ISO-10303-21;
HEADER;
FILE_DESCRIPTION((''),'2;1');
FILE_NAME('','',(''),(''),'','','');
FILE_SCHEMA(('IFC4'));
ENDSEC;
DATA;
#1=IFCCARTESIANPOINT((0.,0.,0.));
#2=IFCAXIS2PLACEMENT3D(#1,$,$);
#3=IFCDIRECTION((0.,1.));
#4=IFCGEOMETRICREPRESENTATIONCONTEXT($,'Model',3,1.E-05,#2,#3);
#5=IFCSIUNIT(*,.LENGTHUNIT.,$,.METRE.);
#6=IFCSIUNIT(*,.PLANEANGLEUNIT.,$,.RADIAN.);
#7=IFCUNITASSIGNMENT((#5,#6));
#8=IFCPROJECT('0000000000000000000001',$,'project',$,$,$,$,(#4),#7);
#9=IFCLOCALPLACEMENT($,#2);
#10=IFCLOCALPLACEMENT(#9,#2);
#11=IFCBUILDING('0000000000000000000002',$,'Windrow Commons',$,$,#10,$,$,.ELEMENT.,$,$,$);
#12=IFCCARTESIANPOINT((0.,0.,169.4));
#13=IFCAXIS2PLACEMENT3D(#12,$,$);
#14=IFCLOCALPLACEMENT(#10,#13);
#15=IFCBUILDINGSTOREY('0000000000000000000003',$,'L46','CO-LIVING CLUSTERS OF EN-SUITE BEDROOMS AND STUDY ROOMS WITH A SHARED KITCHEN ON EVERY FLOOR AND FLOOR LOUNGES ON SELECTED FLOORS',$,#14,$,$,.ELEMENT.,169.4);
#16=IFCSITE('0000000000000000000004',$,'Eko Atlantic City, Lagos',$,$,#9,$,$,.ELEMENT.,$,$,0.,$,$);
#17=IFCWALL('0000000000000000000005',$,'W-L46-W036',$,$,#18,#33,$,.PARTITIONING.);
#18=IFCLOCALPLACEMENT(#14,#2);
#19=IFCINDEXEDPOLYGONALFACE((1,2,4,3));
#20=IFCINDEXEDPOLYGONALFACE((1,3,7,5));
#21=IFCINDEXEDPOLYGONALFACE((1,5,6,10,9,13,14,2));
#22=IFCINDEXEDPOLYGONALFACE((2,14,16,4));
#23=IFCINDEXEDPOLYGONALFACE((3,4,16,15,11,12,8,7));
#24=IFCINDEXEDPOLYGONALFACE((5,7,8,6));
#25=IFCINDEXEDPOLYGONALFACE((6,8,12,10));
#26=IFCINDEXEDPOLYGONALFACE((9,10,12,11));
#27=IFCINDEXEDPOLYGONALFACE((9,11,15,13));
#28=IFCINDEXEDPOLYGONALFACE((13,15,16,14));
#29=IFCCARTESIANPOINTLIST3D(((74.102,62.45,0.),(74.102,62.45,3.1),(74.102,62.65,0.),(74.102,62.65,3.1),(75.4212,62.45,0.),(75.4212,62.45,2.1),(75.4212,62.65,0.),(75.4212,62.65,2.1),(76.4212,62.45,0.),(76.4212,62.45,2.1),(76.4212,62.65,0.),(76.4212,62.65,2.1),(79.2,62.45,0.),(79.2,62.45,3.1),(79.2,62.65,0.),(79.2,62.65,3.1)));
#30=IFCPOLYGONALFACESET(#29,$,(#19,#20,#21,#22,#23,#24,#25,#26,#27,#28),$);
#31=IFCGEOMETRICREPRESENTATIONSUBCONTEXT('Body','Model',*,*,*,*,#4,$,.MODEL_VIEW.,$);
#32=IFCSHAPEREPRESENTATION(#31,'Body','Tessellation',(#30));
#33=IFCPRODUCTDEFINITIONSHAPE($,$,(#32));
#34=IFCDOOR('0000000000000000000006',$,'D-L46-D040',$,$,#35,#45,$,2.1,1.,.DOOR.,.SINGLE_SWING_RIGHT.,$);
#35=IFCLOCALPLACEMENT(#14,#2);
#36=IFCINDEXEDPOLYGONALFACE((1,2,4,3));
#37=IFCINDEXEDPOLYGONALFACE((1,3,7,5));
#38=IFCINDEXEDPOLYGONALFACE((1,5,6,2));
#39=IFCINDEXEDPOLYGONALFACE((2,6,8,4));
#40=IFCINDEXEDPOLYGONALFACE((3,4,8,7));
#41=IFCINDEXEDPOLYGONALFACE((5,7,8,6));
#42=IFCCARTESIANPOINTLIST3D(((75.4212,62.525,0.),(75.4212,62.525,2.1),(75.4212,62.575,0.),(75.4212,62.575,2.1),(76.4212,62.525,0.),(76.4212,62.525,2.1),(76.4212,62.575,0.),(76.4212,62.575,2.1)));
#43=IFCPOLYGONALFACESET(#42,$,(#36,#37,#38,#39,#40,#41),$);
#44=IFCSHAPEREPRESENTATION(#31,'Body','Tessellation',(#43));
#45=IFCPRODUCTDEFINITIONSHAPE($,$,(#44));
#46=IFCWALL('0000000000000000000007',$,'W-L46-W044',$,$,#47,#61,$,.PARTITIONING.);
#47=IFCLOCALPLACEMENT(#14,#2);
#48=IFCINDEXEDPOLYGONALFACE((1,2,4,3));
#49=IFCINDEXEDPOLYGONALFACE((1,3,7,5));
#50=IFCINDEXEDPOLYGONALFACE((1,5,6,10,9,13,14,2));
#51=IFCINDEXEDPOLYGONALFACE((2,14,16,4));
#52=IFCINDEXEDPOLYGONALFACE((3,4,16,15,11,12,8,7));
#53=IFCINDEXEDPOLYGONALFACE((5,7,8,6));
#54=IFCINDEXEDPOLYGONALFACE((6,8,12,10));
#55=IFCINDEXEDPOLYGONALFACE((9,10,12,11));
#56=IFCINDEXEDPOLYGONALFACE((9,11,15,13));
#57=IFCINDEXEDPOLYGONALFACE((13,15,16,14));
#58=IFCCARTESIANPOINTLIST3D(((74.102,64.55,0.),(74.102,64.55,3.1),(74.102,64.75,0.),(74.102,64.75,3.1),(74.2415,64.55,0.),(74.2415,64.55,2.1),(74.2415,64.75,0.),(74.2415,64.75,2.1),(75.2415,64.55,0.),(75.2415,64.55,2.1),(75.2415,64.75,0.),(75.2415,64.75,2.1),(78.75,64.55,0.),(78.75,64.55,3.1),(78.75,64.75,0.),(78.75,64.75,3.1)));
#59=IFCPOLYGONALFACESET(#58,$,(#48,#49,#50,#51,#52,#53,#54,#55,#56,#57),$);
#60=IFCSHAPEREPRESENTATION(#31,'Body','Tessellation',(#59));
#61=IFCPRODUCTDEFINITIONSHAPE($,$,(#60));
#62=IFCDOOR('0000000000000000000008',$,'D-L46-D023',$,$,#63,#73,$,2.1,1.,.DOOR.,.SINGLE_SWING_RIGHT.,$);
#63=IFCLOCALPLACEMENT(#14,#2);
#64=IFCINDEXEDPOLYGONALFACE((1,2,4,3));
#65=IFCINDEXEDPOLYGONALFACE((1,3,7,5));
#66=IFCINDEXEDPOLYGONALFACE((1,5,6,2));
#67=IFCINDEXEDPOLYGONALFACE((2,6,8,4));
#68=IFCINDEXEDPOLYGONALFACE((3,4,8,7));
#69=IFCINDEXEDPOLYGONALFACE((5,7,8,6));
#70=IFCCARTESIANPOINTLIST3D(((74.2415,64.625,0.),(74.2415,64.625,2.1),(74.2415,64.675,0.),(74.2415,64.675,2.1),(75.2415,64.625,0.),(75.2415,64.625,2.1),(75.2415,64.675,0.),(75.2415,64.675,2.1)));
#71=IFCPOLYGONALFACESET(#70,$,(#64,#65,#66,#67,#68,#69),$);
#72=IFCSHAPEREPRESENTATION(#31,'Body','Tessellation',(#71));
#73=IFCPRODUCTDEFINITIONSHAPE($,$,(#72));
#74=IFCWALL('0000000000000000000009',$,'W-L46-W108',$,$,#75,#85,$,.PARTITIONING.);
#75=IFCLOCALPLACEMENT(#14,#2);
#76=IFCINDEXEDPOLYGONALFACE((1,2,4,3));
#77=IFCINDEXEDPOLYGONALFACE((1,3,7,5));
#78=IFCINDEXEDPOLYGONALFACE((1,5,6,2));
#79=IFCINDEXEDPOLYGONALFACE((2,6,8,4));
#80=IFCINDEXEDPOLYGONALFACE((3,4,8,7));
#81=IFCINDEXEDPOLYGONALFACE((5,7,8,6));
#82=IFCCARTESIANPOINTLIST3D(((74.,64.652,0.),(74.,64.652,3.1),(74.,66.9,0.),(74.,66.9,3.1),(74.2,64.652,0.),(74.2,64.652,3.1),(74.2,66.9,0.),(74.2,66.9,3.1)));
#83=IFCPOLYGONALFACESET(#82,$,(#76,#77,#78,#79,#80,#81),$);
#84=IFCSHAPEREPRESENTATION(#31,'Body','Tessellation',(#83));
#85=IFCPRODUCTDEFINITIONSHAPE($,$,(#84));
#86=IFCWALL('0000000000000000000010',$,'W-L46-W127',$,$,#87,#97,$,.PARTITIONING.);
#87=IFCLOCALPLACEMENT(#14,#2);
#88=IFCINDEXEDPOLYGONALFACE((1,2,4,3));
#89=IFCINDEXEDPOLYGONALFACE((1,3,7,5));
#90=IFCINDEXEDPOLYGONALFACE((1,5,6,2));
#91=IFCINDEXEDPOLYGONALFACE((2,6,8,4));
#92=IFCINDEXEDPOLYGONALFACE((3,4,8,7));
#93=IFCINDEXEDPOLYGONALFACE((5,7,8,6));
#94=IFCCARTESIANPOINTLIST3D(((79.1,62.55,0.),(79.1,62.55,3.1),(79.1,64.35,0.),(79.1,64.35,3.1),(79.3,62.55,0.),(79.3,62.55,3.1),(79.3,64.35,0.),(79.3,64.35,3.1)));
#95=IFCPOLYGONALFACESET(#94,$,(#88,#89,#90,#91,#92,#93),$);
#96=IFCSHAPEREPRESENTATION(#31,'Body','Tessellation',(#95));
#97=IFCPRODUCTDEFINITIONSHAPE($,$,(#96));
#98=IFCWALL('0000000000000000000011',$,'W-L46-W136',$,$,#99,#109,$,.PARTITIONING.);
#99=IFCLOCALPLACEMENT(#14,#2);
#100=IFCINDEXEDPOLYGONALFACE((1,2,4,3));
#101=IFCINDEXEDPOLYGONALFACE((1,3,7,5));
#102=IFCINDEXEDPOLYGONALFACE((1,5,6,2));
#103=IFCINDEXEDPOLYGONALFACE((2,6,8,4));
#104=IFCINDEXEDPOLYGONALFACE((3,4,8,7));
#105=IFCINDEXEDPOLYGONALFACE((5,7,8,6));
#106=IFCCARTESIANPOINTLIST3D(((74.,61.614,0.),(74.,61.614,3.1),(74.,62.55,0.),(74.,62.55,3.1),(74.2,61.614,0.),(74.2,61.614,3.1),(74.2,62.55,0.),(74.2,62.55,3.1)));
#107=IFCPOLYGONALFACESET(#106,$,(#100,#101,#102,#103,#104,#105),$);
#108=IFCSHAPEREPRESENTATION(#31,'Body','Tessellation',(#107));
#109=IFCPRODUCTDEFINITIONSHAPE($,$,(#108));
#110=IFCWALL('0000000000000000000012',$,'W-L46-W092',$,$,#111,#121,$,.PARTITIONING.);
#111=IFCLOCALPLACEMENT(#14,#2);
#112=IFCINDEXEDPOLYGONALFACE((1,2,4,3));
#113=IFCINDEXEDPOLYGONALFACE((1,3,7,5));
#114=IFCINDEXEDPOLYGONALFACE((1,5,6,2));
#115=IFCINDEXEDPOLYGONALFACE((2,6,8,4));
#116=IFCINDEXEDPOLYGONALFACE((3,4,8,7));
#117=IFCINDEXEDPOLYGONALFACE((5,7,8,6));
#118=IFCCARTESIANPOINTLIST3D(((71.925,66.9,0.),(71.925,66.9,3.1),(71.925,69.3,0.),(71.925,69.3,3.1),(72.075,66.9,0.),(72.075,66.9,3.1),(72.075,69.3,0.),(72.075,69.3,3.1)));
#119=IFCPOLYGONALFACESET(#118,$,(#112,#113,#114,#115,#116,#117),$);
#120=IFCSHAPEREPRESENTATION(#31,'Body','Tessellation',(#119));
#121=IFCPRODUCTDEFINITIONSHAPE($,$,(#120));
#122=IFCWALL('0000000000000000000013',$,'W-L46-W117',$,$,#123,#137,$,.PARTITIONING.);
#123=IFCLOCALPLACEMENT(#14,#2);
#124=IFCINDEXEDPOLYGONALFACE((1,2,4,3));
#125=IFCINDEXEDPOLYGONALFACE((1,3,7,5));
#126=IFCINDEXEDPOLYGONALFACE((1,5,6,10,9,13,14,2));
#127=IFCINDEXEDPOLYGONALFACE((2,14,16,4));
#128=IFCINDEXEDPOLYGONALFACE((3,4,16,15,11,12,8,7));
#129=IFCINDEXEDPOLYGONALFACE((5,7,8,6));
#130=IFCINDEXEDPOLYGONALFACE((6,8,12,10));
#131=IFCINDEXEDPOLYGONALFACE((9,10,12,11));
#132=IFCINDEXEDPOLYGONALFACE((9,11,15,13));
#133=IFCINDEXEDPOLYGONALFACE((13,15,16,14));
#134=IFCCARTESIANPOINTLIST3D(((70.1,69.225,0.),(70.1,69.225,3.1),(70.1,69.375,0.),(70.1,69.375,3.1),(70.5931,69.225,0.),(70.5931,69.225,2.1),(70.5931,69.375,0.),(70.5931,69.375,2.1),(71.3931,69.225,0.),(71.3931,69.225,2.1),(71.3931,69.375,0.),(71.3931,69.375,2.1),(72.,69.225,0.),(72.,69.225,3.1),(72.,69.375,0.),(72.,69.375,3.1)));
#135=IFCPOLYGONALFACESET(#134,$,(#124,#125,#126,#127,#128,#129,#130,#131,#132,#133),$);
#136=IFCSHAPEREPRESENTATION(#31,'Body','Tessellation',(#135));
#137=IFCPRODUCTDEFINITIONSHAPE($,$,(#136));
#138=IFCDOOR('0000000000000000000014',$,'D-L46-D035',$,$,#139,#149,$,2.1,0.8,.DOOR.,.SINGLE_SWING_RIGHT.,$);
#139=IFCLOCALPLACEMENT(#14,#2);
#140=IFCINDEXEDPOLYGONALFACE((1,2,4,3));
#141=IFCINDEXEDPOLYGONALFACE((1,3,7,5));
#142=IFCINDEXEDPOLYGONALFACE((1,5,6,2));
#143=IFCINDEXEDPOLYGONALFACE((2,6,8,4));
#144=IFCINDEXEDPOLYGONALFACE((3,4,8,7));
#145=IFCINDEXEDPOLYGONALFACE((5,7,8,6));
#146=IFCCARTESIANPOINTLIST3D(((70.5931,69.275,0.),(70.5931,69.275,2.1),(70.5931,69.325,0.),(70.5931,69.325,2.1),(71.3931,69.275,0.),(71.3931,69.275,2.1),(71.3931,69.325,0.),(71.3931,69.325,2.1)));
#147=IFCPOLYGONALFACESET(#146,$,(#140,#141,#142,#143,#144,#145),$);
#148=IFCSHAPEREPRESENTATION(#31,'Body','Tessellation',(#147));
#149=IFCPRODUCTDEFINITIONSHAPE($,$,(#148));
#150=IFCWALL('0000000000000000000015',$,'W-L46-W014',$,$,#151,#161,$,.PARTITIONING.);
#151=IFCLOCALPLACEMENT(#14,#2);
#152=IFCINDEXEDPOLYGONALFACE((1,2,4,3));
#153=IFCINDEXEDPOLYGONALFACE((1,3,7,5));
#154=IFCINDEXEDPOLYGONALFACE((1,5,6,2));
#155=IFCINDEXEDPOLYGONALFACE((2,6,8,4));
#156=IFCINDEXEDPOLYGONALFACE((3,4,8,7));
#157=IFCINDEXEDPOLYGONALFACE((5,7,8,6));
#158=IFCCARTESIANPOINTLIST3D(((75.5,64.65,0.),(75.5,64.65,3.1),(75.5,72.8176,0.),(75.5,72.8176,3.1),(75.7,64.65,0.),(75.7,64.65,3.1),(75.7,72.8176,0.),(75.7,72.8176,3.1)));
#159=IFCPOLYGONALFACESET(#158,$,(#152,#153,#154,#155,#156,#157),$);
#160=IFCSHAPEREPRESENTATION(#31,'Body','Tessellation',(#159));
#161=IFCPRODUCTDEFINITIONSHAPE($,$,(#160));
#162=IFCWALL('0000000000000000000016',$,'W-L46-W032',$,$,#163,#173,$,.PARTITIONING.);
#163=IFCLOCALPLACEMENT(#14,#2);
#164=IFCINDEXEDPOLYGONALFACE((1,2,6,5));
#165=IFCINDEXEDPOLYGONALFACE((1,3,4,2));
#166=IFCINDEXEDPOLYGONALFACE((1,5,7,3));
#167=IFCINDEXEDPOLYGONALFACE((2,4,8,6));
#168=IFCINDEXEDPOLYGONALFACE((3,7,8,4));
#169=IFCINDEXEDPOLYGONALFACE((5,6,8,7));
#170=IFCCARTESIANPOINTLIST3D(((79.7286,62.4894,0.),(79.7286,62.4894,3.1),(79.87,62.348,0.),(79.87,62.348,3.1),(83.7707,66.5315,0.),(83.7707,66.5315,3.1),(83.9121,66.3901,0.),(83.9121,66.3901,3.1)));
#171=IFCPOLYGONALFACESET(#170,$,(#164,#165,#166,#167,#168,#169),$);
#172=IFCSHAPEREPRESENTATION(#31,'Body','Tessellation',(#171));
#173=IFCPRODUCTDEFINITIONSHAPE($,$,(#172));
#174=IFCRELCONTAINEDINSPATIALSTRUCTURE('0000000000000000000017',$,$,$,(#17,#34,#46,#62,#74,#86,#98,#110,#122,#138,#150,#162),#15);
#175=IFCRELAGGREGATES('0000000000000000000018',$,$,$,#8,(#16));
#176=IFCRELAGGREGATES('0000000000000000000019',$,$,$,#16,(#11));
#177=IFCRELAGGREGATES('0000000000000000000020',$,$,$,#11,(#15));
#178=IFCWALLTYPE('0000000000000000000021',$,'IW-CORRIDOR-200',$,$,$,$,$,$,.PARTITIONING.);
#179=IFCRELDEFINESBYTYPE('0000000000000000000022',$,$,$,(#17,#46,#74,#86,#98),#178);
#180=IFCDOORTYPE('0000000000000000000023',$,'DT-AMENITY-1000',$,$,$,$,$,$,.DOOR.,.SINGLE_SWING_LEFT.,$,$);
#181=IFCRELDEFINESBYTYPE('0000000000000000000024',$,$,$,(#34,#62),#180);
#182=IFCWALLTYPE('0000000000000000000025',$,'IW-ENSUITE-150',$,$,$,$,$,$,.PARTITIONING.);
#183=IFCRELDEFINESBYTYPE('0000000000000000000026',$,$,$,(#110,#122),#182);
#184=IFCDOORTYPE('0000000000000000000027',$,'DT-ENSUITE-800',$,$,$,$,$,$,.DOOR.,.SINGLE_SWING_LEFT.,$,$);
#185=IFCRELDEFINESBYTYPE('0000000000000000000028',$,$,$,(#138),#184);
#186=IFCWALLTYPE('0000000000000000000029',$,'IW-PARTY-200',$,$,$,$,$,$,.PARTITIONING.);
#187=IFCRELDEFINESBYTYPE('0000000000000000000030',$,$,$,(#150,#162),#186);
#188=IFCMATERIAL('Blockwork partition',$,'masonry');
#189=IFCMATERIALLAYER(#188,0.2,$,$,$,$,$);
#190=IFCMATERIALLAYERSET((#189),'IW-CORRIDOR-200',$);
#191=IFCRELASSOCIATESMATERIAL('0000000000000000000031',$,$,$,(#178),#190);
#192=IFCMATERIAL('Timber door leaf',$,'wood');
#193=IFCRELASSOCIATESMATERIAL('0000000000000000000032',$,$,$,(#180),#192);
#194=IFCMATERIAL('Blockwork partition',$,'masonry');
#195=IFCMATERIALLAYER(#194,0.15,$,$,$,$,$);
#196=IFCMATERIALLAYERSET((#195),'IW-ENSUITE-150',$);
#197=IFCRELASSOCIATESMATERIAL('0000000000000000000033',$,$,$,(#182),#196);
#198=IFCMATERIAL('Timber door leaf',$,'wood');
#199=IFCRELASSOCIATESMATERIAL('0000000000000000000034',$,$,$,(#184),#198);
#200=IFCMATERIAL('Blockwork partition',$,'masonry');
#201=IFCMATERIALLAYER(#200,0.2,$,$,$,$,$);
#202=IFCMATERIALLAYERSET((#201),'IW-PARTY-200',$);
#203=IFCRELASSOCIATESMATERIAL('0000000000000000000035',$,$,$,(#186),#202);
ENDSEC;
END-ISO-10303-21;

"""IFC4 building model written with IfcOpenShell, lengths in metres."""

from ifc_helpers import new_model, si_unit, direction, frame, frame_2d, origin, place, context, subcontext, project, spatial, rectangle, extrude, material, layer, layer_set, type_object, element, fill, save


model = new_model("IFC4")

# Units and contexts
model_context = context("Model", 3, precision=1e-05, world=origin(), true_north=direction((0.0, 1.0)))
body_context = subcontext(model_context, "Body", "Model", "MODEL_VIEW")
ifc_project = project(units=[si_unit("LENGTHUNIT", "METRE"), si_unit("PLANEANGLEUNIT", "RADIAN")], contexts=[model_context])

# Site, building, storey
site_placement = place(None, origin())
site = spatial("IfcSite", under=ifc_project, at=site_placement, Name="Eko Atlantic City, Lagos", CompositionType="ELEMENT", RefElevation=0.0)
building_placement = place(site_placement, origin())
building = spatial("IfcBuilding", under=site, at=building_placement, Name="Windrow Commons", CompositionType="ELEMENT")
storey_placement = place(building_placement, frame((0.0, 0.0, 169.4)))
storey = spatial("IfcBuildingStorey", under=building, at=storey_placement, Name="L46", Description="CO-LIVING CLUSTERS OF EN-SUITE BEDROOMS AND STUDY ROOMS WITH A SHARED KITCHEN ON EVERY FLOOR AND FLOOR LOUNGES ON SELECTED FLOORS", CompositionType="ELEMENT", Elevation=169.4)

# Shared definitions
ifc_material_1 = material(Name="Blockwork partition", Category="masonry")
ifc_layer_1 = layer(ifc_material_1, 0.2)
ifc_layer_set_1 = layer_set([ifc_layer_1], Name="IW-CORRIDOR-200")
wall_type_1 = type_object("IfcWallType", Name="IW-CORRIDOR-200", PredefinedType="PARTITIONING", material=ifc_layer_set_1)

# Walls, openings, doors
wall_1_placement = place(storey_placement, frame((74.102, 62.55, 0.0), z_axis=(0.0, 0.0, 1.0), x_axis=(1.0, 0.0, 0.0)))
wall_1 = element("IfcWall", 1, at=wall_1_placement, inside=storey, type_object=wall_type_1, Name="W-L46-W036", PredefinedType="PARTITIONING", context=body_context, shape_type="SweptSolid", body=[
    extrude(rectangle(XDim=5.098, YDim=0.2, at=frame_2d((2.549, 0.0))), origin(), (0.0, 0.0, 1.0), 3.1),
])
opening_1_placement = place(wall_1_placement, frame((1.3192, 0.0, 0.0)))
opening_1 = element("IfcOpeningElement", 2, at=opening_1_placement, cuts=wall_1, PredefinedType="OPENING", context=body_context, shape_type="SweptSolid", body=[
    extrude(rectangle(XDim=1.0, YDim=2.1, at=frame_2d((0.5, 1.05))), frame((0.0, 0.11, 0.0), z_axis=(0.0, -1.0, 0.0), x_axis=(1.0, 0.0, 0.0)), (0.0, 0.0, 1.0), 0.22),
])
ifc_material_2 = material(Name="Timber door leaf", Category="wood")
door_type_1 = type_object("IfcDoorType", Name="DT-AMENITY-1000", OperationType="SINGLE_SWING_LEFT", PredefinedType="DOOR", material=ifc_material_2)
door_1_placement = place(opening_1_placement, origin())
door_1 = element("IfcDoor", 3, at=door_1_placement, inside=storey, type_object=door_type_1, Name="D-L46-D040", OperationType="SINGLE_SWING_RIGHT", OverallHeight=2.1, OverallWidth=1.0, PredefinedType="DOOR", context=body_context, shape_type="SweptSolid", body=[
    extrude(rectangle(XDim=1.0, YDim=2.1, at=frame_2d((0.5, 1.05))), frame((0.0, 0.025, 0.0), z_axis=(0.0, -1.0, 0.0), x_axis=(1.0, 0.0, 0.0)), (0.0, 0.0, 1.0), 0.05),
])
fill(opening_1, door_1)
wall_2_placement = place(storey_placement, frame((74.102, 64.65, 0.0), z_axis=(0.0, 0.0, 1.0), x_axis=(1.0, 0.0, 0.0)))
wall_2 = element("IfcWall", 4, at=wall_2_placement, inside=storey, type_object=wall_type_1, Name="W-L46-W044", PredefinedType="PARTITIONING", context=body_context, shape_type="SweptSolid", body=[
    extrude(rectangle(XDim=4.648, YDim=0.2, at=frame_2d((2.324, 0.0))), origin(), (0.0, 0.0, 1.0), 3.1),
])
opening_2_placement = place(wall_2_placement, frame((0.1395, 0.0, 0.0)))
opening_2 = element("IfcOpeningElement", 5, at=opening_2_placement, cuts=wall_2, PredefinedType="OPENING", context=body_context, shape_type="SweptSolid", body=[
    extrude(rectangle(XDim=1.0, YDim=2.1, at=frame_2d((0.5, 1.05))), frame((0.0, 0.11, 0.0), z_axis=(0.0, -1.0, 0.0), x_axis=(1.0, 0.0, 0.0)), (0.0, 0.0, 1.0), 0.22),
])
door_2_placement = place(opening_2_placement, origin())
door_2 = element("IfcDoor", 6, at=door_2_placement, inside=storey, type_object=door_type_1, Name="D-L46-D023", OperationType="SINGLE_SWING_RIGHT", OverallHeight=2.1, OverallWidth=1.0, PredefinedType="DOOR", context=body_context, shape_type="SweptSolid", body=[
    extrude(rectangle(XDim=1.0, YDim=2.1, at=frame_2d((0.5, 1.05))), frame((0.0, 0.025, 0.0), z_axis=(0.0, -1.0, 0.0), x_axis=(1.0, 0.0, 0.0)), (0.0, 0.0, 1.0), 0.05),
])
fill(opening_2, door_2)

# Walls
wall_3_placement = place(storey_placement, frame((74.1, 64.652, 0.0), z_axis=(0.0, 0.0, 1.0), x_axis=(0.0, 1.0, 0.0)))
element("IfcWall", 7, at=wall_3_placement, inside=storey, type_object=wall_type_1, Name="W-L46-W108", PredefinedType="PARTITIONING", context=body_context, shape_type="SweptSolid", body=[
    extrude(rectangle(XDim=2.248, YDim=0.2, at=frame_2d((1.124, 0.0))), origin(), (0.0, 0.0, 1.0), 3.1),
])
wall_4_placement = place(storey_placement, frame((79.2, 62.55, 0.0), z_axis=(0.0, 0.0, 1.0), x_axis=(0.0, 1.0, 0.0)))
element("IfcWall", 8, at=wall_4_placement, inside=storey, type_object=wall_type_1, Name="W-L46-W127", PredefinedType="PARTITIONING", context=body_context, shape_type="SweptSolid", body=[
    extrude(rectangle(XDim=1.8, YDim=0.2, at=frame_2d((0.9, 0.0))), origin(), (0.0, 0.0, 1.0), 3.1),
])
wall_5_placement = place(storey_placement, frame((74.1, 61.614, 0.0), z_axis=(0.0, 0.0, 1.0), x_axis=(0.0, 1.0, 0.0)))
element("IfcWall", 9, at=wall_5_placement, inside=storey, type_object=wall_type_1, Name="W-L46-W136", PredefinedType="PARTITIONING", context=body_context, shape_type="SweptSolid", body=[
    extrude(rectangle(XDim=0.936, YDim=0.2, at=frame_2d((0.468, 0.0))), origin(), (0.0, 0.0, 1.0), 3.1),
])
ifc_material_3 = material(Name="Blockwork partition", Category="masonry")
ifc_layer_2 = layer(ifc_material_3, 0.15)
ifc_layer_set_2 = layer_set([ifc_layer_2], Name="IW-ENSUITE-150")
wall_type_2 = type_object("IfcWallType", Name="IW-ENSUITE-150", PredefinedType="PARTITIONING", material=ifc_layer_set_2)
wall_6_placement = place(storey_placement, frame((72.0, 66.9, 0.0), z_axis=(0.0, 0.0, 1.0), x_axis=(0.0, 1.0, 0.0)))
element("IfcWall", 10, at=wall_6_placement, inside=storey, type_object=wall_type_2, Name="W-L46-W092", PredefinedType="PARTITIONING", context=body_context, shape_type="SweptSolid", body=[
    extrude(rectangle(XDim=2.4, YDim=0.15, at=frame_2d((1.2, 0.0))), origin(), (0.0, 0.0, 1.0), 3.1),
])

# Wall, opening, door
wall_7_placement = place(storey_placement, frame((70.1, 69.3, 0.0), z_axis=(0.0, 0.0, 1.0), x_axis=(1.0, 0.0, 0.0)))
wall_7 = element("IfcWall", 11, at=wall_7_placement, inside=storey, type_object=wall_type_2, Name="W-L46-W117", PredefinedType="PARTITIONING", context=body_context, shape_type="SweptSolid", body=[
    extrude(rectangle(XDim=1.9, YDim=0.15, at=frame_2d((0.95, 0.0))), origin(), (0.0, 0.0, 1.0), 3.1),
])
opening_3_placement = place(wall_7_placement, frame((0.4931, 0.0, 0.0)))
opening_3 = element("IfcOpeningElement", 12, at=opening_3_placement, cuts=wall_7, PredefinedType="OPENING", context=body_context, shape_type="SweptSolid", body=[
    extrude(rectangle(XDim=0.8, YDim=2.1, at=frame_2d((0.4, 1.05))), frame((0.0, 0.085, 0.0), z_axis=(0.0, -1.0, 0.0), x_axis=(1.0, 0.0, 0.0)), (0.0, 0.0, 1.0), 0.17),
])
ifc_material_4 = material(Name="Timber door leaf", Category="wood")
door_type_2 = type_object("IfcDoorType", Name="DT-ENSUITE-800", OperationType="SINGLE_SWING_LEFT", PredefinedType="DOOR", material=ifc_material_4)
door_3_placement = place(opening_3_placement, origin())
door_3 = element("IfcDoor", 13, at=door_3_placement, inside=storey, type_object=door_type_2, Name="D-L46-D035", OperationType="SINGLE_SWING_RIGHT", OverallHeight=2.1, OverallWidth=0.8, PredefinedType="DOOR", context=body_context, shape_type="SweptSolid", body=[
    extrude(rectangle(XDim=0.8, YDim=2.1, at=frame_2d((0.4, 1.05))), frame((0.0, 0.025, 0.0), z_axis=(0.0, -1.0, 0.0), x_axis=(1.0, 0.0, 0.0)), (0.0, 0.0, 1.0), 0.05),
])
fill(opening_3, door_3)

# Walls
ifc_material_5 = material(Name="Blockwork partition", Category="masonry")
ifc_layer_3 = layer(ifc_material_5, 0.2)
ifc_layer_set_3 = layer_set([ifc_layer_3], Name="IW-PARTY-200")
wall_type_3 = type_object("IfcWallType", Name="IW-PARTY-200", PredefinedType="PARTITIONING", material=ifc_layer_set_3)
wall_8_placement = place(storey_placement, frame((75.6, 64.65, 0.0), z_axis=(0.0, 0.0, 1.0), x_axis=(0.0, 1.0, 0.0)))
element("IfcWall", 14, at=wall_8_placement, inside=storey, type_object=wall_type_3, Name="W-L46-W014", PredefinedType="PARTITIONING", context=body_context, shape_type="SweptSolid", body=[
    extrude(rectangle(XDim=8.1676, YDim=0.2, at=frame_2d((4.0838, 0.0))), origin(), (0.0, 0.0, 1.0), 3.1),
])
wall_9_placement = place(storey_placement, frame((79.7993, 62.4187, 0.0), z_axis=(0.0, 0.0, 1.0), x_axis=(0.707107, 0.707107, 0.0)))
element("IfcWall", 15, at=wall_9_placement, inside=storey, type_object=wall_type_3, Name="W-L46-W032", PredefinedType="PARTITIONING", context=body_context, shape_type="SweptSolid", body=[
    extrude(rectangle(XDim=5.7163, YDim=0.2, at=frame_2d((2.8582, 0.0))), origin(), (0.0, 0.0, 1.0), 3.1),
])

save(model, "model.ifc")
